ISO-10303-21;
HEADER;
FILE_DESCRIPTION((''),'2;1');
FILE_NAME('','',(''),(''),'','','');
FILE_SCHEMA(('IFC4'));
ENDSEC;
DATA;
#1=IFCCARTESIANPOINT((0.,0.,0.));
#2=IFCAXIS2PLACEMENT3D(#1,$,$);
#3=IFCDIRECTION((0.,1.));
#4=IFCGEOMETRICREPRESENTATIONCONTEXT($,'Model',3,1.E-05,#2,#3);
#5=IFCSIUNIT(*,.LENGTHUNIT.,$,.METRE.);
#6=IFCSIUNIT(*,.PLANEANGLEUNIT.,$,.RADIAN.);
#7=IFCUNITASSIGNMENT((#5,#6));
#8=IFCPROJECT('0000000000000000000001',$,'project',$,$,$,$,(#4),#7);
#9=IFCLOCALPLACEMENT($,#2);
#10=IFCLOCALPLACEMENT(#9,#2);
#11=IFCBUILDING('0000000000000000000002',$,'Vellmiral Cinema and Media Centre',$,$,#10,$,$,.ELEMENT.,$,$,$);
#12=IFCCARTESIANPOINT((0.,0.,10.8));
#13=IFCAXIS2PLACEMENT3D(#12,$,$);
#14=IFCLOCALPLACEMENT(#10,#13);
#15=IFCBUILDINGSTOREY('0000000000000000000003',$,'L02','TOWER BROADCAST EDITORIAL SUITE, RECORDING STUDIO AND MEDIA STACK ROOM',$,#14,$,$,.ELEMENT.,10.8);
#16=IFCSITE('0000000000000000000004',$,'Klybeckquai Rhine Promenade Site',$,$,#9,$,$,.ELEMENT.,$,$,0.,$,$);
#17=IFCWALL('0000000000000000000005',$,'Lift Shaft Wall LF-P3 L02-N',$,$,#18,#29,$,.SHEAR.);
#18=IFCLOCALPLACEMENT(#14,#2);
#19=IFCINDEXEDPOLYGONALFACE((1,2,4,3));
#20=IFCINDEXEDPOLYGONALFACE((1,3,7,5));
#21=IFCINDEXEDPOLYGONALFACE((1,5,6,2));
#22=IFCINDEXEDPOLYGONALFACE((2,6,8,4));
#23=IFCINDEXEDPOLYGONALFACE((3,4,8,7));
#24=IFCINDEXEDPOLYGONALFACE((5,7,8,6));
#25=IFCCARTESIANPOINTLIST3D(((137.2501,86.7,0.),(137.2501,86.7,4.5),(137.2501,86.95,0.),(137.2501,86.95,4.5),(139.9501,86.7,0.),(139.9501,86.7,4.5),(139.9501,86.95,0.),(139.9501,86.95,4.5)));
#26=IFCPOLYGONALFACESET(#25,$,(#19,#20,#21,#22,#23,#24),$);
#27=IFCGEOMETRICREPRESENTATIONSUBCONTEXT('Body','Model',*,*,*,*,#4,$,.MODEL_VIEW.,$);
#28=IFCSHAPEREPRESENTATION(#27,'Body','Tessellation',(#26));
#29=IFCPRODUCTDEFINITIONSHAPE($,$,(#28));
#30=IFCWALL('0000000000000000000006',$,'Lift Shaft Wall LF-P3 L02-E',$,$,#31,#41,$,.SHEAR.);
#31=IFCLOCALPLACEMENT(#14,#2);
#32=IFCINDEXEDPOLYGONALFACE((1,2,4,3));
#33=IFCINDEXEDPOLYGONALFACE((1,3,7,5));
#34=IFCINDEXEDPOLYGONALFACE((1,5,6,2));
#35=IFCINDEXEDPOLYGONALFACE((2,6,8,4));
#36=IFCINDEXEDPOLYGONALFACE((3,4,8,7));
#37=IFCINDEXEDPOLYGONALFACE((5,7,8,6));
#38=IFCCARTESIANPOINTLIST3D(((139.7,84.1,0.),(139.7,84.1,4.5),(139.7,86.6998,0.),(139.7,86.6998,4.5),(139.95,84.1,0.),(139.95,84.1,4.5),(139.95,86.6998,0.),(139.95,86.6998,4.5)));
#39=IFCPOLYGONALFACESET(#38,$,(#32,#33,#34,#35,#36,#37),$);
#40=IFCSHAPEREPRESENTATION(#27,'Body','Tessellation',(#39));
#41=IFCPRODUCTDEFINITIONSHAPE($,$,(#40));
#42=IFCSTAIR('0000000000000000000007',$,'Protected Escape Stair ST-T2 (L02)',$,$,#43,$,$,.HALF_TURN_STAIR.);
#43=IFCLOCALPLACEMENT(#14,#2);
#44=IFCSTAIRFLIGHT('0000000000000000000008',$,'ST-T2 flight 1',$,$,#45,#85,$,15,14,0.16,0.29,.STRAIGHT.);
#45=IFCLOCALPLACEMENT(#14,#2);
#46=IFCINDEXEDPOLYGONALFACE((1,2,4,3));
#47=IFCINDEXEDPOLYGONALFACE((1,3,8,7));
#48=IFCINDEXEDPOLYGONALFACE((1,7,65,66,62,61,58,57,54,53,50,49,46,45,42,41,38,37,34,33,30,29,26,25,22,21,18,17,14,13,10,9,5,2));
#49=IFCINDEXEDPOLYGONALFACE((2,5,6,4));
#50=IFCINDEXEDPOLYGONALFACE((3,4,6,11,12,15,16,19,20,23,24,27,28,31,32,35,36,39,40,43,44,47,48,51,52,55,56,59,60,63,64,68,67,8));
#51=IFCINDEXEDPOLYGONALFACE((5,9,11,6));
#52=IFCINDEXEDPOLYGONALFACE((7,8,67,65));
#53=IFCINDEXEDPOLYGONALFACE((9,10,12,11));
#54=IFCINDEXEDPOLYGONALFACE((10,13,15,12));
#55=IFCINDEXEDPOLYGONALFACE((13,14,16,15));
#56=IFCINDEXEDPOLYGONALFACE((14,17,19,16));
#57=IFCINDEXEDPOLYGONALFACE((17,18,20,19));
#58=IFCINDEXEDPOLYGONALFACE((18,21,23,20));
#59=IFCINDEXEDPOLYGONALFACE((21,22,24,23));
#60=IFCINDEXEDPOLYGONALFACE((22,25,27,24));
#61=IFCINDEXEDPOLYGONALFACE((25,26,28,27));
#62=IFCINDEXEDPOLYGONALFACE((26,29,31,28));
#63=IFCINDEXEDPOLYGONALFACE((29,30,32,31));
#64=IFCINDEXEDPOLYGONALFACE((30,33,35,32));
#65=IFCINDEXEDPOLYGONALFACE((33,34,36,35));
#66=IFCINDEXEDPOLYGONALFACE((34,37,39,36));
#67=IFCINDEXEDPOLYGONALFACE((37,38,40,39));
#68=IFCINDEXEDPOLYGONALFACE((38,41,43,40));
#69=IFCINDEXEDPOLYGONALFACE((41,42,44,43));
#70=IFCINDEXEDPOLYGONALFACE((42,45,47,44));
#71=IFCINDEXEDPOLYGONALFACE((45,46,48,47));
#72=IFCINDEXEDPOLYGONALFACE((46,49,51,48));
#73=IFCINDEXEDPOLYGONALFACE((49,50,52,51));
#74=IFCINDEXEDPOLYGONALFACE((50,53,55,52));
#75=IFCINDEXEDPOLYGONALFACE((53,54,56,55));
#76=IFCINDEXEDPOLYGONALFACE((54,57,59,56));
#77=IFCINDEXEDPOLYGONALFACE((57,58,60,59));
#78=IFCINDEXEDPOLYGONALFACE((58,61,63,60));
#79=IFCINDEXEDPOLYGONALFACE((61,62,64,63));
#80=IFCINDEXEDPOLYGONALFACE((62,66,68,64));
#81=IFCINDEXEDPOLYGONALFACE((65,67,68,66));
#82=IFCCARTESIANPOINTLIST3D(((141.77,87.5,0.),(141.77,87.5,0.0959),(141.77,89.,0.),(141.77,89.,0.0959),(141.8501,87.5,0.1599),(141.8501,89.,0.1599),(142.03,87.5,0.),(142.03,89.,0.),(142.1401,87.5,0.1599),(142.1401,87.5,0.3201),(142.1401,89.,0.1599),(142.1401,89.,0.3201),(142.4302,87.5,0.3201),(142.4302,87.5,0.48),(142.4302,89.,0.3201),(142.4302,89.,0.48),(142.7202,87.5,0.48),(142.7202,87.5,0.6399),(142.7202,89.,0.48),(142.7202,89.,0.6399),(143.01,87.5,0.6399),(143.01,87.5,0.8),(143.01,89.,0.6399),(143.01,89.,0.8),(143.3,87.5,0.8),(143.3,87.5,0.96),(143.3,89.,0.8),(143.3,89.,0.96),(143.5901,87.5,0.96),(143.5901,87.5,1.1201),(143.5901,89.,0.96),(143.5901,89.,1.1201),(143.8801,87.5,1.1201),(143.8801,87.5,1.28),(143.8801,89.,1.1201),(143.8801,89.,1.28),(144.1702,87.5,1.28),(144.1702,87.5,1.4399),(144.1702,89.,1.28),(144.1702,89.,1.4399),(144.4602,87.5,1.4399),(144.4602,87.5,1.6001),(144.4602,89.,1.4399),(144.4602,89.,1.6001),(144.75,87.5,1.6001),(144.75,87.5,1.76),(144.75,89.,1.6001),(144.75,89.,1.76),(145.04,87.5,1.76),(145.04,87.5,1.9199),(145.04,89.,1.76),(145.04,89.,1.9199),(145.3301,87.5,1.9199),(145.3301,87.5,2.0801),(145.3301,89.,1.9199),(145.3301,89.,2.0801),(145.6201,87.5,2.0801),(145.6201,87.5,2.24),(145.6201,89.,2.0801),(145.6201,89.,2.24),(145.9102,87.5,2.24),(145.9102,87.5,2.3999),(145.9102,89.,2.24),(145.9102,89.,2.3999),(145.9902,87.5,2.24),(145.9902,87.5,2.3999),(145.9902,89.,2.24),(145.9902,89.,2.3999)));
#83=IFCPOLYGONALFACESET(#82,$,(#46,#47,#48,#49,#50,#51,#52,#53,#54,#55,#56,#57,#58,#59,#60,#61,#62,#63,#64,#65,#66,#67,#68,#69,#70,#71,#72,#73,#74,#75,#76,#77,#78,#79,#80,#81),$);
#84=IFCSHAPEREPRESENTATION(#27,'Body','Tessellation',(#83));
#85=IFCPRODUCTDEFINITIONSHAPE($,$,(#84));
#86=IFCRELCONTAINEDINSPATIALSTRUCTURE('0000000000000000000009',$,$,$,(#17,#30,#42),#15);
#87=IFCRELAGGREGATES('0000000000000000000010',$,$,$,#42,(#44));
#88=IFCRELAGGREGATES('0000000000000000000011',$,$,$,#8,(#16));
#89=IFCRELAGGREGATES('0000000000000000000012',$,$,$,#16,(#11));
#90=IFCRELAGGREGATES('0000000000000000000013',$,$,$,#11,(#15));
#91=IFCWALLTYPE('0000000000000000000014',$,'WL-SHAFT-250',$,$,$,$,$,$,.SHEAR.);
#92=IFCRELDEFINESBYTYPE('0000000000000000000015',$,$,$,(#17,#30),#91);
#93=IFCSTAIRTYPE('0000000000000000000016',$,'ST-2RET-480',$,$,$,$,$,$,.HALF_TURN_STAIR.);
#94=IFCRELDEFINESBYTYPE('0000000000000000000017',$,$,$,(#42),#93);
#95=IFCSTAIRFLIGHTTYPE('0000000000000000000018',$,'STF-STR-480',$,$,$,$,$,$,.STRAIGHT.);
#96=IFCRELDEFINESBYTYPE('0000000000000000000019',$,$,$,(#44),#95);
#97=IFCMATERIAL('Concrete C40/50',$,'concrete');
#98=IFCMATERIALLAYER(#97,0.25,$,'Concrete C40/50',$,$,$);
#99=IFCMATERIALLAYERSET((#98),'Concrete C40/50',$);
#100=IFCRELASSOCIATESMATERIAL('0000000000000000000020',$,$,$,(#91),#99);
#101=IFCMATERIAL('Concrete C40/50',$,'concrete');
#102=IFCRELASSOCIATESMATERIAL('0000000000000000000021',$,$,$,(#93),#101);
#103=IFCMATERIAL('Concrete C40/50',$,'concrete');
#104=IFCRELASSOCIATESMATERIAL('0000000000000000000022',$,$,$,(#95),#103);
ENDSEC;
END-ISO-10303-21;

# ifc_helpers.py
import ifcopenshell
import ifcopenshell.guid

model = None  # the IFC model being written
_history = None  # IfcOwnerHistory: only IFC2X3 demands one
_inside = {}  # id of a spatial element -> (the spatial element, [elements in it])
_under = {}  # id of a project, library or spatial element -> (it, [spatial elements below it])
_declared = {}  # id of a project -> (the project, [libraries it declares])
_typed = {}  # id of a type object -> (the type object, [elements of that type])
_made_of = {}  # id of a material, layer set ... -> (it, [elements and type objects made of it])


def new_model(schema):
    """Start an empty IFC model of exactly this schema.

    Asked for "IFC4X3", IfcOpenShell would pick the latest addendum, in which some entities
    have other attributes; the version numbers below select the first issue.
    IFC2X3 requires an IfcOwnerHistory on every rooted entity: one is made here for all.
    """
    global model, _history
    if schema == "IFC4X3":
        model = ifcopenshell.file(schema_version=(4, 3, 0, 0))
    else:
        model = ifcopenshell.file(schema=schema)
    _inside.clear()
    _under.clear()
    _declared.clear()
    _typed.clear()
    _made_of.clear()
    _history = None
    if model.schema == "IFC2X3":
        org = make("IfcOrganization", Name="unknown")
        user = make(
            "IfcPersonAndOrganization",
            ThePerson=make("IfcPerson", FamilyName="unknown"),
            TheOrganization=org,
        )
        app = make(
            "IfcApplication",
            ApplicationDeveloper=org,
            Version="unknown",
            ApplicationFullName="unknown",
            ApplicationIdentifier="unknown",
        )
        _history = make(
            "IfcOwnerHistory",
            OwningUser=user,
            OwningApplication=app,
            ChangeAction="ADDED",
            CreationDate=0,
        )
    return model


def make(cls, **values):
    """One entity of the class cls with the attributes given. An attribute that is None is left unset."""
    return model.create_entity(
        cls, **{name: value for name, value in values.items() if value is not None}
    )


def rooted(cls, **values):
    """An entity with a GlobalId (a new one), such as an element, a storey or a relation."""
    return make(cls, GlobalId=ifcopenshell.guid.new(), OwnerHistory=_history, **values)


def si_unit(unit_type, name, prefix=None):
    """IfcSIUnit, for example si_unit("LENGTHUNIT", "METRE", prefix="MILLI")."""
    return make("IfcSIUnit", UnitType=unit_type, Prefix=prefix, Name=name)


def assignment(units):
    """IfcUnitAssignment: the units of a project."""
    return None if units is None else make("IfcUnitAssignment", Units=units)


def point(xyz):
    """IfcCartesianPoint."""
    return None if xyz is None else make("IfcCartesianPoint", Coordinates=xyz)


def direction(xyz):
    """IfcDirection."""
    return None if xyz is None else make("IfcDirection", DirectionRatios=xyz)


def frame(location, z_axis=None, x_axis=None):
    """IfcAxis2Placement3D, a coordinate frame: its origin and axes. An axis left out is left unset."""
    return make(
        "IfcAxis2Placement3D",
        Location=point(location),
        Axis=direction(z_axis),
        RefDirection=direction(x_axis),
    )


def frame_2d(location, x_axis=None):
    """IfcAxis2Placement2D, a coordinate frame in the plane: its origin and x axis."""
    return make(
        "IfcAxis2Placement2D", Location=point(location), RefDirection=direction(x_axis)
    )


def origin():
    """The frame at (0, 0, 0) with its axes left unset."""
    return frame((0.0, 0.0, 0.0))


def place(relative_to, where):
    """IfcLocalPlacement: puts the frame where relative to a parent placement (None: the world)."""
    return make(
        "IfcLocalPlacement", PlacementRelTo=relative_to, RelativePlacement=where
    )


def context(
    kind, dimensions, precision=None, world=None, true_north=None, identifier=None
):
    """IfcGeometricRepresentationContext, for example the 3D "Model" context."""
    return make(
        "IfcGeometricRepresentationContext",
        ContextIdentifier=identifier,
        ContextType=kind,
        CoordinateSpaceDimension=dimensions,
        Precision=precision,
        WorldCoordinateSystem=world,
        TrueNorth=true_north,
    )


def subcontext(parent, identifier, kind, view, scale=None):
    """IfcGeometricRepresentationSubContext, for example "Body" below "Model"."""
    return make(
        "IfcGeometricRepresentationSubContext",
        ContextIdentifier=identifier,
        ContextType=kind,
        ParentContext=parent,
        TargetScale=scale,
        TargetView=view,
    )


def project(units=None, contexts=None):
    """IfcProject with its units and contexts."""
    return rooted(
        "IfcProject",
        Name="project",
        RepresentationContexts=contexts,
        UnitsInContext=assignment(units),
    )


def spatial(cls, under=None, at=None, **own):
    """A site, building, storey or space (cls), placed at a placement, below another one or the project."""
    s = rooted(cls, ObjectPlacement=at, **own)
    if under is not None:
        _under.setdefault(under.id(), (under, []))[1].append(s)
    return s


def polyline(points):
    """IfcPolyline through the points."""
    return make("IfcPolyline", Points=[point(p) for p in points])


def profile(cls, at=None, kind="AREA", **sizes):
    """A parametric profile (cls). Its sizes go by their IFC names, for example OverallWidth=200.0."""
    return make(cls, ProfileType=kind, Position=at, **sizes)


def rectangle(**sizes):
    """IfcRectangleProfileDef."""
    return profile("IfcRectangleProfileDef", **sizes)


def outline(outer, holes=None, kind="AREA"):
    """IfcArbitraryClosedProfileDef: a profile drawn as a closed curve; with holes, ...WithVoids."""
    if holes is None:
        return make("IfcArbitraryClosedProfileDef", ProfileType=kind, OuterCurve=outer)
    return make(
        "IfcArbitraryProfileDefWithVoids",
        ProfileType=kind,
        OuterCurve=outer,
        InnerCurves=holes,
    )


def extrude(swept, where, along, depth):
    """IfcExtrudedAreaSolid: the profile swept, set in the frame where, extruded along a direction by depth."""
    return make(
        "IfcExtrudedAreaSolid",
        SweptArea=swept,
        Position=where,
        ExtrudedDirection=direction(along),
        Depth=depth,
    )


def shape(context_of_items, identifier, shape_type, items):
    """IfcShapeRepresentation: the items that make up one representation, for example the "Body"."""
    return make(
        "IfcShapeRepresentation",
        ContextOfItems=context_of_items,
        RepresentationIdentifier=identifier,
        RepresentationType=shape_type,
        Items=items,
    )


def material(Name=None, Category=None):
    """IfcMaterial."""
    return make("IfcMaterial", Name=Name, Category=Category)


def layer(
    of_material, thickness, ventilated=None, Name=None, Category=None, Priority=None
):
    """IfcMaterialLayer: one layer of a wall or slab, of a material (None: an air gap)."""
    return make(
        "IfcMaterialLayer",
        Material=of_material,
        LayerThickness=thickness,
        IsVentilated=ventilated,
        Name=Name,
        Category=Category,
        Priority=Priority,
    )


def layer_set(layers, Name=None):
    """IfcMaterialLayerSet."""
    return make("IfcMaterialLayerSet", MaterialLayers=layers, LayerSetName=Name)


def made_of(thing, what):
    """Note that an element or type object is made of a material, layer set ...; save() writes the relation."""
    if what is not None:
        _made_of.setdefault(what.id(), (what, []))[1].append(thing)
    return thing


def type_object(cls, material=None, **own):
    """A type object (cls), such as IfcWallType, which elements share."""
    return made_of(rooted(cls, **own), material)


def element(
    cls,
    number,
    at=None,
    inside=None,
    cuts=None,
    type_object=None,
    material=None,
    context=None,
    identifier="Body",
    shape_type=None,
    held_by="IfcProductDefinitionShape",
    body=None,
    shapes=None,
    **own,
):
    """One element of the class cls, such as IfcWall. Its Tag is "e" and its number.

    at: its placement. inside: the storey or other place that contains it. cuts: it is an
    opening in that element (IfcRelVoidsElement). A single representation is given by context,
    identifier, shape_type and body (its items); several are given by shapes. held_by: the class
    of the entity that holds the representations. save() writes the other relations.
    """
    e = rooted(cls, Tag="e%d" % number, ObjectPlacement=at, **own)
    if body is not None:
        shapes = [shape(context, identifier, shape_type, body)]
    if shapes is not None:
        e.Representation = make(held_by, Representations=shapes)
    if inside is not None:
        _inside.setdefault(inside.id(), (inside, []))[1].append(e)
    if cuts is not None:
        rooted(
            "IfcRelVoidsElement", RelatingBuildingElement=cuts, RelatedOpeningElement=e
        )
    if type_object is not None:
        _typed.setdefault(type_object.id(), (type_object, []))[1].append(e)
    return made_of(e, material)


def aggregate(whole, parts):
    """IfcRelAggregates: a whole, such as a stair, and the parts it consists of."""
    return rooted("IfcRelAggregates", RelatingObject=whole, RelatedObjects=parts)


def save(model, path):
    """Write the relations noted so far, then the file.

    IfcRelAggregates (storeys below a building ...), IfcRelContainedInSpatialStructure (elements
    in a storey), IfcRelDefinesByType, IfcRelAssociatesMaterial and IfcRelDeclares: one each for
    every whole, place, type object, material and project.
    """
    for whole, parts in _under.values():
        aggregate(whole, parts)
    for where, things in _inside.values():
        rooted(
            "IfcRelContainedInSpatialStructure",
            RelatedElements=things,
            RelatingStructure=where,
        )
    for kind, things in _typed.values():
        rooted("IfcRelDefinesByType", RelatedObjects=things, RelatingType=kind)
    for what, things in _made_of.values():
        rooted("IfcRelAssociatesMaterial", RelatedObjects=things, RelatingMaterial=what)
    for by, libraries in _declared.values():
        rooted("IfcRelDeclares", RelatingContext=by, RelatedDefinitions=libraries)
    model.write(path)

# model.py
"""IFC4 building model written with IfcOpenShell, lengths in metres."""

from ifc_helpers import new_model, si_unit, direction, frame, frame_2d, origin, place, context, subcontext, project, spatial, polyline, rectangle, outline, extrude, material, layer, layer_set, type_object, element, aggregate, save


model = new_model("IFC4")

# Units and contexts
model_context = context("Model", 3, precision=1e-05, world=origin(), true_north=direction((0.0, 1.0)))
body_context = subcontext(model_context, "Body", "Model", "MODEL_VIEW")
ifc_project = project(units=[si_unit("LENGTHUNIT", "METRE"), si_unit("PLANEANGLEUNIT", "RADIAN")], contexts=[model_context])

# Site, building, storey
site_placement = place(None, origin())
site = spatial("IfcSite", under=ifc_project, at=site_placement, Name="Klybeckquai Rhine Promenade Site", CompositionType="ELEMENT", RefElevation=0.0)
building_placement = place(site_placement, origin())
building = spatial("IfcBuilding", under=site, at=building_placement, Name="Vellmiral Cinema and Media Centre", CompositionType="ELEMENT")
storey_placement = place(building_placement, frame((0.0, 0.0, 10.8)))
storey = spatial("IfcBuildingStorey", under=building, at=storey_placement, Name="L02", Description="TOWER BROADCAST EDITORIAL SUITE, RECORDING STUDIO AND MEDIA STACK ROOM", CompositionType="ELEMENT", Elevation=10.8)

# Shared definitions
ifc_material_1 = material(Name="Concrete C40/50", Category="concrete")
ifc_layer_1 = layer(ifc_material_1, 0.25, Name="Concrete C40/50")
ifc_layer_set_1 = layer_set([ifc_layer_1], Name="Concrete C40/50")
wall_type_1 = type_object("IfcWallType", Name="WL-SHAFT-250", PredefinedType="SHEAR", material=ifc_layer_set_1)

# Walls
wall_1_placement = place(storey_placement, frame((137.25, 86.825, 0.0), z_axis=(0.0, 0.0, 1.0), x_axis=(1.0, 0.0, 0.0)))
element("IfcWall", 1, at=wall_1_placement, inside=storey, type_object=wall_type_1, Name="Lift Shaft Wall LF-P3 L02-N", PredefinedType="SHEAR", context=body_context, shape_type="SweptSolid", body=[
    extrude(rectangle(XDim=2.7, YDim=0.25, at=frame_2d((1.3501, 0.0))), origin(), (0.0, 0.0, 1.0), 4.5),
])
wall_2_placement = place(storey_placement, frame((139.825, 84.1001, 0.0), z_axis=(0.0, 0.0, 1.0), x_axis=(0.0, 1.0, 0.0)))
element("IfcWall", 2, at=wall_2_placement, inside=storey, type_object=wall_type_1, Name="Lift Shaft Wall LF-P3 L02-E", PredefinedType="SHEAR", context=body_context, shape_type="SweptSolid", body=[
    extrude(rectangle(XDim=2.5999, YDim=0.25, at=frame_2d((1.2998, 0.0))), origin(), (0.0, 0.0, 1.0), 4.5),
])

# Stair, stair flight
ifc_material_2 = material(Name="Concrete C40/50", Category="concrete")
stair_type = type_object("IfcStairType", Name="ST-2RET-480", PredefinedType="HALF_TURN_STAIR", material=ifc_material_2)
stair_placement = place(storey_placement, origin())
stair = element("IfcStair", 3, at=stair_placement, inside=storey, type_object=stair_type, Name="Protected Escape Stair ST-T2 (L02)", PredefinedType="HALF_TURN_STAIR")
ifc_material_3 = material(Name="Concrete C40/50", Category="concrete")
stair_flight_type = type_object("IfcStairFlightType", Name="STF-STR-480", PredefinedType="STRAIGHT", material=ifc_material_3)
stair_flight_placement = place(storey_placement, frame((141.8501, 88.25, 0.0), z_axis=(0.0, 0.0, 1.0), x_axis=(1.0, 0.0, 0.0)))
stair_flight = element("IfcStairFlight", 4, at=stair_flight_placement, type_object=stair_flight_type, Name="ST-T2 flight 1", NumberOfRisers=15, NumberOfTreads=14, PredefinedType="STRAIGHT", RiserHeight=0.16, TreadLength=0.29, context=body_context, shape_type="SweptSolid", body=[
    extrude(outline(polyline([(-0.0801, 0.0), (-0.0801, 0.0959), (0.0, 0.1599), (0.29, 0.1599), (0.29, 0.3201), (0.5801, 0.3201), (0.5801, 0.48), (0.8701, 0.48), (0.8701, 0.6399), (1.1599, 0.6399), (1.1599, 0.8), (1.45, 0.8), (1.45, 0.96), (1.74, 0.96), (1.74, 1.1201), (2.03, 1.1201), (2.03, 1.28), (2.3201, 1.28), (2.3201, 1.4399), (2.6101, 1.4399), (2.6101, 1.6001), (2.8999, 1.6001), (2.8999, 1.76), (3.1899, 1.76), (3.1899, 1.9199), (3.48, 1.9199), (3.48, 2.0801), (3.77, 2.0801), (3.77, 2.24), (4.0601, 2.24), (4.0601, 2.3999), (4.1401, 2.3999), (4.1401, 2.24), (0.1799, 0.0), (-0.0801, 0.0)])), frame((0.0, 0.75, 0.0), z_axis=(0.0, -1.0, 0.0), x_axis=(1.0, 0.0, 0.0)), (0.0, 0.0, 1.0), 1.5),
])
aggregate(stair, [stair_flight])

save(model, "model.ifc")
